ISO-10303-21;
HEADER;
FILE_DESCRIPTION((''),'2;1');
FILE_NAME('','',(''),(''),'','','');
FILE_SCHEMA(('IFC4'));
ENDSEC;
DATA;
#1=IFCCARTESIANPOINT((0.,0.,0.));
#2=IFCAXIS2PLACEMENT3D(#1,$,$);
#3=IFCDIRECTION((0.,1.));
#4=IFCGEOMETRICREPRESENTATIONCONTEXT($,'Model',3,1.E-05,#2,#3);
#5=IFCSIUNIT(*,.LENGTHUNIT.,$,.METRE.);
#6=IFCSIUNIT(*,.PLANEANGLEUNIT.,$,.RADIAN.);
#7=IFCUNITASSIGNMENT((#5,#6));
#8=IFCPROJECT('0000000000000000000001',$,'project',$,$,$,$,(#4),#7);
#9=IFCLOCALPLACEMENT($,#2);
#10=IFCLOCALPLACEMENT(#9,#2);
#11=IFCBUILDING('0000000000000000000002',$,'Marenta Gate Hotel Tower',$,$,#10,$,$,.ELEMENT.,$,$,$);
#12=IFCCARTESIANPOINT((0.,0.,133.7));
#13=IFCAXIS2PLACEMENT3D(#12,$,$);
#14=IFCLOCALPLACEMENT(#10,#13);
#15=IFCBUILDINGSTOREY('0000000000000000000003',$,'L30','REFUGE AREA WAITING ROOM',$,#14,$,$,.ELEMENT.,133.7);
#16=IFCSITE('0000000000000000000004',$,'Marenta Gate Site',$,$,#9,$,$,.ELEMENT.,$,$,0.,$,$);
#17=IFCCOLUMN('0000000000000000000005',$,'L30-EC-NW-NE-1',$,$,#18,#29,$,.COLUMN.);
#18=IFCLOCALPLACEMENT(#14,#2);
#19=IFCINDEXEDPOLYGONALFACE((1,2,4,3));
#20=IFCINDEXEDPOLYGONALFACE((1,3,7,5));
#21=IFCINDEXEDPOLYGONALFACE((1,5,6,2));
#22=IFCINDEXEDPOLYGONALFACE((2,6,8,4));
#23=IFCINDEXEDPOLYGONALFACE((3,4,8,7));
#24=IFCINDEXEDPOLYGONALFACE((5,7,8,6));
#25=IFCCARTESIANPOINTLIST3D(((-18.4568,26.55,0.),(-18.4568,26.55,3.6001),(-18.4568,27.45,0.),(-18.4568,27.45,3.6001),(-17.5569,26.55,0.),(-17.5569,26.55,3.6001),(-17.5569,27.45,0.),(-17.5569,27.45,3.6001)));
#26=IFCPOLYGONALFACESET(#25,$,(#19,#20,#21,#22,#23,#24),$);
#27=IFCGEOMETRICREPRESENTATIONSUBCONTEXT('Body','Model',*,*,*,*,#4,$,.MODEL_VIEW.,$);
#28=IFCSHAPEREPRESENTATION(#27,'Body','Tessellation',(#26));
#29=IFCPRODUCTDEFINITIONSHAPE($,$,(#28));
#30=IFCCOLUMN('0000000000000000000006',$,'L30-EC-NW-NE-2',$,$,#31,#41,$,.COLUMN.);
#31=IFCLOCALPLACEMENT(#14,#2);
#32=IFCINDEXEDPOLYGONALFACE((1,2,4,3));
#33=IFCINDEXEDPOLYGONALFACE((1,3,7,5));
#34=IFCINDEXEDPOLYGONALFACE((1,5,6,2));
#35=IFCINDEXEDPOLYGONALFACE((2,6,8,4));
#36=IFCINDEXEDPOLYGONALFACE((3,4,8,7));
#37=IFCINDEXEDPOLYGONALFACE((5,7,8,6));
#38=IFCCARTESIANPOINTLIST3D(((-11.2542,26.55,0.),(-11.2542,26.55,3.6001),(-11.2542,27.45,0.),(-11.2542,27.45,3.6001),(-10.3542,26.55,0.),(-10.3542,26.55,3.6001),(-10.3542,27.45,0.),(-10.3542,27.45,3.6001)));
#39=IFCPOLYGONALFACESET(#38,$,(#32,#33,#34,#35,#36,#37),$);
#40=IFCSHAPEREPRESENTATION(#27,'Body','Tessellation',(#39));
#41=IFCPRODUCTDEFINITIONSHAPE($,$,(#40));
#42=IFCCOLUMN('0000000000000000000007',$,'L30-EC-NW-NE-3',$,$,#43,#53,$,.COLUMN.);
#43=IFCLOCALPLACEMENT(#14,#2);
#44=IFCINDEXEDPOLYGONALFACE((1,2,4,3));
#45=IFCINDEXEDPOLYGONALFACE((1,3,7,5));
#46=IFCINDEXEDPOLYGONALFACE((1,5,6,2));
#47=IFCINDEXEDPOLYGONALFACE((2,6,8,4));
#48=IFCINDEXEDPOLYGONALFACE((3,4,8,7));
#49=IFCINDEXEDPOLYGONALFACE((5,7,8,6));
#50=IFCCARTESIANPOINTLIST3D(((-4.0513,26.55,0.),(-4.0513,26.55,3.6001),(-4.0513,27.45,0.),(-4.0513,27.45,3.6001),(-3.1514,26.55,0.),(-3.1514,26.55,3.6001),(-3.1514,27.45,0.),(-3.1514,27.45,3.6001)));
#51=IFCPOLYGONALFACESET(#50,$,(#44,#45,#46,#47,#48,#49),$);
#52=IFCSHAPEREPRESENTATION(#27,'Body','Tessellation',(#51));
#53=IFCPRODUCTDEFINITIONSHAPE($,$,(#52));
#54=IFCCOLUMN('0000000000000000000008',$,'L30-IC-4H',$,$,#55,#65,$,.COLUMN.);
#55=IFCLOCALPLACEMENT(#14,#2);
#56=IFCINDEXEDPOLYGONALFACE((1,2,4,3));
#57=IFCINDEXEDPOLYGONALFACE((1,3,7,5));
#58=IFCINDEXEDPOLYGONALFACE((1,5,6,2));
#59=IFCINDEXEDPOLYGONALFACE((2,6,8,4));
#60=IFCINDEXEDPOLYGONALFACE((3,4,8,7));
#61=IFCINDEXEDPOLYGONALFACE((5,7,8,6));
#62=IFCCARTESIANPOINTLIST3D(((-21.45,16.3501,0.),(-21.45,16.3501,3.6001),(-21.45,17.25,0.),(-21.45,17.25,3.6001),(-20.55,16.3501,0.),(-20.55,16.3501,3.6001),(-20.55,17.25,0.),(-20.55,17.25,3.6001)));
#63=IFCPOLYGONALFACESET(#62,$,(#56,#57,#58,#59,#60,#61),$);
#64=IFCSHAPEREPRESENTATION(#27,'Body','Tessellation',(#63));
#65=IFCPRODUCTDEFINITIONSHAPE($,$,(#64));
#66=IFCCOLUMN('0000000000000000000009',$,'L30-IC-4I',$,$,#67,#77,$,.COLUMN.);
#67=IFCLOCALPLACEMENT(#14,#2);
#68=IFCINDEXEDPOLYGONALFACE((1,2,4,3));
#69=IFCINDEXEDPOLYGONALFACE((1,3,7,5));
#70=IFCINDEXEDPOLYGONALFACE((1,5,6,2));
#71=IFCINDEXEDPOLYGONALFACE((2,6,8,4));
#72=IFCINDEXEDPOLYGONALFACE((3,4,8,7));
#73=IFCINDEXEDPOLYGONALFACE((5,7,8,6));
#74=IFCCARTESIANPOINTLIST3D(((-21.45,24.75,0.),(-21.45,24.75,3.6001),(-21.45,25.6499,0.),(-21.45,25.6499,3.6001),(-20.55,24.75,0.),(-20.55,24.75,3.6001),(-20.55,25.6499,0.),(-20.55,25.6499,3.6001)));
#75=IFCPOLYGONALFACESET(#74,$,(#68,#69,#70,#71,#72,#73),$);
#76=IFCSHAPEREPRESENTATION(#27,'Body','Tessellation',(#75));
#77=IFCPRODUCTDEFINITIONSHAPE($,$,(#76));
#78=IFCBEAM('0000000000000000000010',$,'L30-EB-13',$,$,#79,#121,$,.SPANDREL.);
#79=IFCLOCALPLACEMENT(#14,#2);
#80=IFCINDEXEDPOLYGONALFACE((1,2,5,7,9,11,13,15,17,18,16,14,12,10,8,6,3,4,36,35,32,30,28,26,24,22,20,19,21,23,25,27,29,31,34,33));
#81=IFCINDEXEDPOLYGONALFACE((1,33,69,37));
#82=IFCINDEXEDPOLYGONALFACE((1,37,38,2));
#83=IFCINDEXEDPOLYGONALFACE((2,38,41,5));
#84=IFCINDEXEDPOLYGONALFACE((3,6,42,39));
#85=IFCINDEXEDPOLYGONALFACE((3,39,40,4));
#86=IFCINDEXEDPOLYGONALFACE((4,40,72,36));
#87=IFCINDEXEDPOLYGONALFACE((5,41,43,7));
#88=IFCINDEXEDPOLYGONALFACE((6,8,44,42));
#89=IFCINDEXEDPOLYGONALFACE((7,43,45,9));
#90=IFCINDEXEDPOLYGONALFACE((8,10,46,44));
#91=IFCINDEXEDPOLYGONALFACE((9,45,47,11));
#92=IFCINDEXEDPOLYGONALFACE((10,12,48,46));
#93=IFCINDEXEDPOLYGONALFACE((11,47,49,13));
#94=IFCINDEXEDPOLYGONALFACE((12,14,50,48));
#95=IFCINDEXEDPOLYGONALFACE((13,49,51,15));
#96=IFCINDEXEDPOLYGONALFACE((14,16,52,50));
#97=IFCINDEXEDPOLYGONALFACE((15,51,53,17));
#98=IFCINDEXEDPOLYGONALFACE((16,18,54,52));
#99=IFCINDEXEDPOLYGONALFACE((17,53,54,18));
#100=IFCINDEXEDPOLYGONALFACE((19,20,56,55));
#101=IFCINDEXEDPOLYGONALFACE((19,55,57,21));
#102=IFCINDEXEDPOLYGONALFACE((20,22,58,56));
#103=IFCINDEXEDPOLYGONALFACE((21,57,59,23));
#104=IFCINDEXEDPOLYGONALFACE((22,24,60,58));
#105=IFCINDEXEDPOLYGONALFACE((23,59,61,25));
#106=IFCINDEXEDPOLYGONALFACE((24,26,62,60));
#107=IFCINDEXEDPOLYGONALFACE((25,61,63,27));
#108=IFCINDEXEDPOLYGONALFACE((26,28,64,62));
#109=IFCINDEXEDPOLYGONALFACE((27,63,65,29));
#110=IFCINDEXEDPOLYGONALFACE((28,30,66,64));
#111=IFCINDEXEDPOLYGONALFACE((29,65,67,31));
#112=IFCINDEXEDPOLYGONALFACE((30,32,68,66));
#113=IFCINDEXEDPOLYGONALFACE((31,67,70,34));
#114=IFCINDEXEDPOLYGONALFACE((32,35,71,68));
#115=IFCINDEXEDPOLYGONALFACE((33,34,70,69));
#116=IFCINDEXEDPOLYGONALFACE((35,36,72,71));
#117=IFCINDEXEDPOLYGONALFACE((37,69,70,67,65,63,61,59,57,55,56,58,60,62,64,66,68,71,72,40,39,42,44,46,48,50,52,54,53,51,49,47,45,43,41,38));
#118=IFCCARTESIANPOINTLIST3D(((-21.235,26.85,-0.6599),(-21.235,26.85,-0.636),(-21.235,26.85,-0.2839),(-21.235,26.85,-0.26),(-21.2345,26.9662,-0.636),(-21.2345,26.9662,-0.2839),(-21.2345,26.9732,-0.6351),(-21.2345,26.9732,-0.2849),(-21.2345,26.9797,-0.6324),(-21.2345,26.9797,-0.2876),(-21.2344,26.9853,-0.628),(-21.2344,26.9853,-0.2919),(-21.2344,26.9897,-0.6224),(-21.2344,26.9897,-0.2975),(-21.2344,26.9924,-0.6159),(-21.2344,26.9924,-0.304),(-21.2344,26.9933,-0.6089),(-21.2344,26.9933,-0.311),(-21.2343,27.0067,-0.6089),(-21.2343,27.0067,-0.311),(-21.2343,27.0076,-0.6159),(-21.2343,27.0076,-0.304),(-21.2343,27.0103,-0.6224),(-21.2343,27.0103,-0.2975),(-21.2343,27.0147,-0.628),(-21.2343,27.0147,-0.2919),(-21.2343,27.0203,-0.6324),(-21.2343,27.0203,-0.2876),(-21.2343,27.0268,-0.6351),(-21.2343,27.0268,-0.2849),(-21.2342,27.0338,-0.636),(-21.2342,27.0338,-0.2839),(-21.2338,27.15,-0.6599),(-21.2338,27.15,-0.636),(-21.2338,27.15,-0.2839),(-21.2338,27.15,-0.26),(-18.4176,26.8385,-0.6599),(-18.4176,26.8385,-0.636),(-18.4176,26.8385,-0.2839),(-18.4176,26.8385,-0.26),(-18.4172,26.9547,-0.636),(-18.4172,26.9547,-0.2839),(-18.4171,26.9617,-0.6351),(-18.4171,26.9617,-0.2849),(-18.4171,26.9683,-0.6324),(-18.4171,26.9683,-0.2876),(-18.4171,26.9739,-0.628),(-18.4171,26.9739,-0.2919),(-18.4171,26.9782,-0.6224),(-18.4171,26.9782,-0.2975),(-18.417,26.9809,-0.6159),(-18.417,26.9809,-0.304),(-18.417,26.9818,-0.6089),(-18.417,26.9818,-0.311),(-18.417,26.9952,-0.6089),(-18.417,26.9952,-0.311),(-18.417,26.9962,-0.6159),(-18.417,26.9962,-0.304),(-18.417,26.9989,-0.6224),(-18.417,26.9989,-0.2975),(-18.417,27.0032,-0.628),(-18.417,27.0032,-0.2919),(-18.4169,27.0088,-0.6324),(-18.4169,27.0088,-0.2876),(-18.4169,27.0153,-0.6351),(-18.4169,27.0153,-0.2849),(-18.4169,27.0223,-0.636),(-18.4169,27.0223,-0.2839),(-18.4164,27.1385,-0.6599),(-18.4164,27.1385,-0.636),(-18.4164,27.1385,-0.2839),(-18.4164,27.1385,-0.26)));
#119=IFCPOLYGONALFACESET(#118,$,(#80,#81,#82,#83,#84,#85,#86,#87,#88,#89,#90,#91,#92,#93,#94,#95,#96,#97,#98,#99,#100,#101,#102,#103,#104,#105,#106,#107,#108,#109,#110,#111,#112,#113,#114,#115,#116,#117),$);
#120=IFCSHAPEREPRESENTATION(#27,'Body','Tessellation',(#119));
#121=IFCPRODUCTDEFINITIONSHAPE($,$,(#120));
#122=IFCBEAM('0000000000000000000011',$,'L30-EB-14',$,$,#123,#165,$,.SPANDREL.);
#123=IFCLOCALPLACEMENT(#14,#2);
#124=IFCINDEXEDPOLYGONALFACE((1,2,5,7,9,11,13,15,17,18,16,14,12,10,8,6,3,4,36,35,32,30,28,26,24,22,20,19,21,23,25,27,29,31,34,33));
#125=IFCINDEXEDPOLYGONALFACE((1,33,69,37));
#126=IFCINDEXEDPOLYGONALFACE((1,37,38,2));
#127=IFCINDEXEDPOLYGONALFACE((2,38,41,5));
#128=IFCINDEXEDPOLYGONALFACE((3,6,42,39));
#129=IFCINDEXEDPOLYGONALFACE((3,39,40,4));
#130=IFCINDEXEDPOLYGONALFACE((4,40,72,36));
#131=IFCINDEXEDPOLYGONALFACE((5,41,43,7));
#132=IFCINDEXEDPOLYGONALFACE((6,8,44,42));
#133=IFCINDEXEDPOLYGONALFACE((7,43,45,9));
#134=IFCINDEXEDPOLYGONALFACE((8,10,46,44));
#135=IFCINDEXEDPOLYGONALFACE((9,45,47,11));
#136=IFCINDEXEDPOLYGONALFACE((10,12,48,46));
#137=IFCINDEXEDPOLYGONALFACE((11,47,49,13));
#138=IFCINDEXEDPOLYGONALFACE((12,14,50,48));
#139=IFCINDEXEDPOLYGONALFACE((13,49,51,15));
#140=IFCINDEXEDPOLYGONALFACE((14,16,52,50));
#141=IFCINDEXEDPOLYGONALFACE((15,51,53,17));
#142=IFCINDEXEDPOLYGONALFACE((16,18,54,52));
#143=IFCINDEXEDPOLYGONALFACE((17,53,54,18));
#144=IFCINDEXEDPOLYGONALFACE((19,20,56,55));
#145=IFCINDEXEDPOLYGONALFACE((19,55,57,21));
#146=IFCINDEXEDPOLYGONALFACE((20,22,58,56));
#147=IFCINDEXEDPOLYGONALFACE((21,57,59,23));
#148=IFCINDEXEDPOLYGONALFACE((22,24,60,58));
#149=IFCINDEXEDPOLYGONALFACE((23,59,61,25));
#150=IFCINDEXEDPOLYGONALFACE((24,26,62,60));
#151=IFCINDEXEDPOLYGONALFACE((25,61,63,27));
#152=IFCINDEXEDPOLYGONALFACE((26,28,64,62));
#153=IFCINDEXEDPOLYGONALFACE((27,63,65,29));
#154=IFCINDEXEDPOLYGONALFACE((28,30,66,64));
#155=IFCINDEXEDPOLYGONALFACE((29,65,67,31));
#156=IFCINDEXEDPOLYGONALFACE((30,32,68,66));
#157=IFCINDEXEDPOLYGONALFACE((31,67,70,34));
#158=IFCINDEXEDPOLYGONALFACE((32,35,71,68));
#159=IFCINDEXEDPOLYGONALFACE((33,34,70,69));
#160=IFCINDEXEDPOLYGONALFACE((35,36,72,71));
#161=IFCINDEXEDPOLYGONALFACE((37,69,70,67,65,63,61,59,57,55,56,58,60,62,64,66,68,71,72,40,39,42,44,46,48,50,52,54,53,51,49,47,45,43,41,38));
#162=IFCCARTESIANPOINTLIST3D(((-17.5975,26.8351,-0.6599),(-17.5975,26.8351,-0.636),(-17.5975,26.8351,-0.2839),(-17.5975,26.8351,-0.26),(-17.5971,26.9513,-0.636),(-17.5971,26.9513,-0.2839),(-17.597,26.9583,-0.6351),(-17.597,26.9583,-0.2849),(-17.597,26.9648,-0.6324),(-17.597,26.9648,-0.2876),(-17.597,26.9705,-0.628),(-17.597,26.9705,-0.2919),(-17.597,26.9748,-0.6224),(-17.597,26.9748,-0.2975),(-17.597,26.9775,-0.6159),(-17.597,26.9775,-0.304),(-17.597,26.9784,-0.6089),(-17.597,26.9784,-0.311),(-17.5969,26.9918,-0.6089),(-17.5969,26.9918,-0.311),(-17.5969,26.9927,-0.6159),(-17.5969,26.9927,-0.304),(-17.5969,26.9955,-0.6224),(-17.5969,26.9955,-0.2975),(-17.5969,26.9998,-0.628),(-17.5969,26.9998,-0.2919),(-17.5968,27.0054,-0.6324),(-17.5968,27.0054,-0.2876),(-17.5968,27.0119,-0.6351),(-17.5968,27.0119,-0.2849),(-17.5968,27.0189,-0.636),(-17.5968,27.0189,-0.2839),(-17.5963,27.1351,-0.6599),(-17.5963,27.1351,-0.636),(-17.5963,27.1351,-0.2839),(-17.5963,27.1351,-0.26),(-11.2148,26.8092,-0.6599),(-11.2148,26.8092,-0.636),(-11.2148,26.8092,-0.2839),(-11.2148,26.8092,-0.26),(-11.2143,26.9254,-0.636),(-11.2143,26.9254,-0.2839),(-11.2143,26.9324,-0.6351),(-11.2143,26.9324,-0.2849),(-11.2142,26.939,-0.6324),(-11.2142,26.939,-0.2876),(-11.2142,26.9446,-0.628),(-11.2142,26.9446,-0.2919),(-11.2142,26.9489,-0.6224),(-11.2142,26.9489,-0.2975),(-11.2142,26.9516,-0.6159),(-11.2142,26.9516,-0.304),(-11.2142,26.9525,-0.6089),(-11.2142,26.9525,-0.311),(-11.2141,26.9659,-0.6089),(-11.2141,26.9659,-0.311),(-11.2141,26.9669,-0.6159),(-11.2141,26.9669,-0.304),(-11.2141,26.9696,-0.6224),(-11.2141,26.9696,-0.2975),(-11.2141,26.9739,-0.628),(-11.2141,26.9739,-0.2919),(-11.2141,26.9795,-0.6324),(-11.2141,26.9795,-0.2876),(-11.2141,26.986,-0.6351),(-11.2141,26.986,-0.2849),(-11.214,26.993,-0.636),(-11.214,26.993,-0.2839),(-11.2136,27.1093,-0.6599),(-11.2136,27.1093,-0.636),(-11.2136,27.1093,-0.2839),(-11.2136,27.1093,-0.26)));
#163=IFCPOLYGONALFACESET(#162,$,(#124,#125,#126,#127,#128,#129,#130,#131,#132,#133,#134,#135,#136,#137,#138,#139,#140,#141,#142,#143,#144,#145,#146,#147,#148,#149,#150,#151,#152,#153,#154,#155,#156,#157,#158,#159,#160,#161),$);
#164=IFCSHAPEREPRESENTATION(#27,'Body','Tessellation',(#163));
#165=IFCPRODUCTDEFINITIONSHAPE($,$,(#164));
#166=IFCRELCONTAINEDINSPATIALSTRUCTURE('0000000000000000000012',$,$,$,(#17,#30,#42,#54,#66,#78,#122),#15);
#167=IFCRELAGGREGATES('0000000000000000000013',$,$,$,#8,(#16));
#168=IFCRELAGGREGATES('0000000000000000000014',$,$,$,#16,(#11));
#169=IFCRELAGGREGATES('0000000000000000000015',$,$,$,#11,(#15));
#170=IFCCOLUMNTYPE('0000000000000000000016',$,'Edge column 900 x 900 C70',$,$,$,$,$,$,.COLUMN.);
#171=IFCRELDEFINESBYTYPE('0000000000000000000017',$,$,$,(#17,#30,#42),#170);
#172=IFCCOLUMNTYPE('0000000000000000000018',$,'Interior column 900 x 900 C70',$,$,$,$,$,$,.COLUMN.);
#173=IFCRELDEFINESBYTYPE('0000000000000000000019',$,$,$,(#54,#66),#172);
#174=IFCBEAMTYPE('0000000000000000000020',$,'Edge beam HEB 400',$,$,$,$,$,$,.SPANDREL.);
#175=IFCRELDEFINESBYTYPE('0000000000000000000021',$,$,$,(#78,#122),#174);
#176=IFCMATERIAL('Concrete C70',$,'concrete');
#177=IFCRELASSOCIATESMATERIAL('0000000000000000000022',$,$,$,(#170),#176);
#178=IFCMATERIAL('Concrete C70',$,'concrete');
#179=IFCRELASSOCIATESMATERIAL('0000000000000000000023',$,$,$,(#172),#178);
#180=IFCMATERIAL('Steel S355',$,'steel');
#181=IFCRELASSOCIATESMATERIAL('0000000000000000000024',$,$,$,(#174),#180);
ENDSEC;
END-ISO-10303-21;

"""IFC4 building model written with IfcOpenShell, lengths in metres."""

from ifc_helpers import new_model, si_unit, direction, frame, origin, origin_2d, place, context, subcontext, project, spatial, rectangle, i_section, extrude, material, material_profile, profile_set, type_object, element, save


model = new_model("IFC4")

# Units and contexts
model_context = context("Model", 3, precision=1e-05, world=origin(), true_north=direction((0.0, 1.0)))
body_context = subcontext(model_context, "Body", "Model", "MODEL_VIEW")
ifc_project = project(units=[si_unit("LENGTHUNIT", "METRE"), si_unit("PLANEANGLEUNIT", "RADIAN")], contexts=[model_context])

# Site, building, storey
site_placement = place(None, origin())
site = spatial("IfcSite", under=ifc_project, at=site_placement, Name="Marenta Gate Site", CompositionType="ELEMENT", RefElevation=0.0)
building_placement = place(site_placement, origin())
building = spatial("IfcBuilding", under=site, at=building_placement, Name="Marenta Gate Hotel Tower", CompositionType="ELEMENT")
storey_placement = place(building_placement, frame((0.0, 0.0, 133.7)))
storey = spatial("IfcBuildingStorey", under=building, at=storey_placement, Name="L30", Description="REFUGE AREA WAITING ROOM", CompositionType="ELEMENT", Elevation=133.7)

# Columns
ifc_material_1 = material(Name="Concrete C70", Category="concrete")
ifc_material_profile_1 = material_profile(ifc_material_1, rectangle(XDim=0.8999, YDim=0.8999, at=origin_2d()), Name="900 x 900")
ifc_profile_set_1 = profile_set([ifc_material_profile_1], Name="Concrete C70")
column_type_1 = type_object("IfcColumnType", Name="Edge column 900 x 900 C70", PredefinedType="COLUMN", material=ifc_profile_set_1)
for number, where, z_axis, x_axis, name in (
    (1, (-18.0068, 27.0, 0.0), (0.0, 0.0, 1.0), (1.0, 0.0, 0.0), "L30-EC-NW-NE-1"),
    (2, (-10.8042, 27.0, 0.0), (0.0, 0.0, 1.0), (1.0, 0.0, 0.0), "L30-EC-NW-NE-2"),
    (3, (-3.6013, 27.0, 0.0), (0.0, 0.0, 1.0), (1.0, 0.0, 0.0), "L30-EC-NW-NE-3"),
):
    element("IfcColumn", number, at=place(storey_placement, frame(where, z_axis=z_axis, x_axis=x_axis)), inside=storey, type_object=column_type_1, Name=name, PredefinedType="COLUMN", context=body_context, shape_type="SweptSolid", body=[
        extrude(rectangle(XDim=0.8999, YDim=0.8999, at=origin_2d()), origin(), (0.0, 0.0, 1.0), 3.6001),
    ])
ifc_material_2 = material(Name="Concrete C70", Category="concrete")
ifc_material_profile_2 = material_profile(ifc_material_2, rectangle(XDim=0.8999, YDim=0.8999, at=origin_2d()), Name="900 x 900")
ifc_profile_set_2 = profile_set([ifc_material_profile_2], Name="Concrete C70")
column_type_2 = type_object("IfcColumnType", Name="Interior column 900 x 900 C70", PredefinedType="COLUMN", material=ifc_profile_set_2)
for number, where, z_axis, x_axis, name in (
    (4, (-21.0, 16.8, 0.0), (0.0, 0.0, 1.0), (1.0, 0.0, 0.0), "L30-IC-4H"),
    (5, (-21.0, 25.2, 0.0), (0.0, 0.0, 1.0), (1.0, 0.0, 0.0), "L30-IC-4I"),
):
    element("IfcColumn", number, at=place(storey_placement, frame(where, z_axis=z_axis, x_axis=x_axis)), inside=storey, type_object=column_type_2, Name=name, PredefinedType="COLUMN", context=body_context, shape_type="SweptSolid", body=[
        extrude(rectangle(XDim=0.8999, YDim=0.8999, at=origin_2d()), origin(), (0.0, 0.0, 1.0), 3.6001),
    ])

# Beams
ifc_material_3 = material(Name="Steel S355", Category="steel")
ifc_material_profile_3 = material_profile(ifc_material_3, i_section(OverallWidth=0.3, OverallDepth=0.3999, WebThickness=0.0134, FlangeThickness=0.0239, FilletRadius=0.0271, at=origin_2d()), Name="HEB 400")
ifc_profile_set_3 = profile_set([ifc_material_profile_3], Name="Steel S355")
beam_type_1 = type_object("IfcBeamType", Name="Edge beam HEB 400", PredefinedType="SPANDREL", material=ifc_profile_set_3)
beam_1_placement = place(storey_placement, frame((-21.2344, 27.0, -0.46), z_axis=(0.999992, -0.004073, 0.0), x_axis=(0.004073, 0.999992, 0.0)))
element("IfcBeam", 6, at=beam_1_placement, inside=storey, type_object=beam_type_1, Name="L30-EB-13", PredefinedType="SPANDREL", context=body_context, shape_type="SweptSolid", body=[
    extrude(i_section(OverallWidth=0.3, OverallDepth=0.3999, WebThickness=0.0134, FlangeThickness=0.0239, FilletRadius=0.0271, at=origin_2d()), origin(), (0.0, 0.0, 1.0), 2.8174),
])
beam_2_placement = place(storey_placement, frame((-17.5969, 26.9851, -0.46), z_axis=(0.999992, -0.004054, 0.0), x_axis=(0.004054, 0.999992, 0.0)))
element("IfcBeam", 7, at=beam_2_placement, inside=storey, type_object=beam_type_1, Name="L30-EB-14", PredefinedType="SPANDREL", context=body_context, shape_type="SweptSolid", body=[
    extrude(i_section(OverallWidth=0.3, OverallDepth=0.3999, WebThickness=0.0134, FlangeThickness=0.0239, FilletRadius=0.0271, at=origin_2d()), origin(), (0.0, 0.0, 1.0), 6.3828),
])

save(model, "model.ifc")
